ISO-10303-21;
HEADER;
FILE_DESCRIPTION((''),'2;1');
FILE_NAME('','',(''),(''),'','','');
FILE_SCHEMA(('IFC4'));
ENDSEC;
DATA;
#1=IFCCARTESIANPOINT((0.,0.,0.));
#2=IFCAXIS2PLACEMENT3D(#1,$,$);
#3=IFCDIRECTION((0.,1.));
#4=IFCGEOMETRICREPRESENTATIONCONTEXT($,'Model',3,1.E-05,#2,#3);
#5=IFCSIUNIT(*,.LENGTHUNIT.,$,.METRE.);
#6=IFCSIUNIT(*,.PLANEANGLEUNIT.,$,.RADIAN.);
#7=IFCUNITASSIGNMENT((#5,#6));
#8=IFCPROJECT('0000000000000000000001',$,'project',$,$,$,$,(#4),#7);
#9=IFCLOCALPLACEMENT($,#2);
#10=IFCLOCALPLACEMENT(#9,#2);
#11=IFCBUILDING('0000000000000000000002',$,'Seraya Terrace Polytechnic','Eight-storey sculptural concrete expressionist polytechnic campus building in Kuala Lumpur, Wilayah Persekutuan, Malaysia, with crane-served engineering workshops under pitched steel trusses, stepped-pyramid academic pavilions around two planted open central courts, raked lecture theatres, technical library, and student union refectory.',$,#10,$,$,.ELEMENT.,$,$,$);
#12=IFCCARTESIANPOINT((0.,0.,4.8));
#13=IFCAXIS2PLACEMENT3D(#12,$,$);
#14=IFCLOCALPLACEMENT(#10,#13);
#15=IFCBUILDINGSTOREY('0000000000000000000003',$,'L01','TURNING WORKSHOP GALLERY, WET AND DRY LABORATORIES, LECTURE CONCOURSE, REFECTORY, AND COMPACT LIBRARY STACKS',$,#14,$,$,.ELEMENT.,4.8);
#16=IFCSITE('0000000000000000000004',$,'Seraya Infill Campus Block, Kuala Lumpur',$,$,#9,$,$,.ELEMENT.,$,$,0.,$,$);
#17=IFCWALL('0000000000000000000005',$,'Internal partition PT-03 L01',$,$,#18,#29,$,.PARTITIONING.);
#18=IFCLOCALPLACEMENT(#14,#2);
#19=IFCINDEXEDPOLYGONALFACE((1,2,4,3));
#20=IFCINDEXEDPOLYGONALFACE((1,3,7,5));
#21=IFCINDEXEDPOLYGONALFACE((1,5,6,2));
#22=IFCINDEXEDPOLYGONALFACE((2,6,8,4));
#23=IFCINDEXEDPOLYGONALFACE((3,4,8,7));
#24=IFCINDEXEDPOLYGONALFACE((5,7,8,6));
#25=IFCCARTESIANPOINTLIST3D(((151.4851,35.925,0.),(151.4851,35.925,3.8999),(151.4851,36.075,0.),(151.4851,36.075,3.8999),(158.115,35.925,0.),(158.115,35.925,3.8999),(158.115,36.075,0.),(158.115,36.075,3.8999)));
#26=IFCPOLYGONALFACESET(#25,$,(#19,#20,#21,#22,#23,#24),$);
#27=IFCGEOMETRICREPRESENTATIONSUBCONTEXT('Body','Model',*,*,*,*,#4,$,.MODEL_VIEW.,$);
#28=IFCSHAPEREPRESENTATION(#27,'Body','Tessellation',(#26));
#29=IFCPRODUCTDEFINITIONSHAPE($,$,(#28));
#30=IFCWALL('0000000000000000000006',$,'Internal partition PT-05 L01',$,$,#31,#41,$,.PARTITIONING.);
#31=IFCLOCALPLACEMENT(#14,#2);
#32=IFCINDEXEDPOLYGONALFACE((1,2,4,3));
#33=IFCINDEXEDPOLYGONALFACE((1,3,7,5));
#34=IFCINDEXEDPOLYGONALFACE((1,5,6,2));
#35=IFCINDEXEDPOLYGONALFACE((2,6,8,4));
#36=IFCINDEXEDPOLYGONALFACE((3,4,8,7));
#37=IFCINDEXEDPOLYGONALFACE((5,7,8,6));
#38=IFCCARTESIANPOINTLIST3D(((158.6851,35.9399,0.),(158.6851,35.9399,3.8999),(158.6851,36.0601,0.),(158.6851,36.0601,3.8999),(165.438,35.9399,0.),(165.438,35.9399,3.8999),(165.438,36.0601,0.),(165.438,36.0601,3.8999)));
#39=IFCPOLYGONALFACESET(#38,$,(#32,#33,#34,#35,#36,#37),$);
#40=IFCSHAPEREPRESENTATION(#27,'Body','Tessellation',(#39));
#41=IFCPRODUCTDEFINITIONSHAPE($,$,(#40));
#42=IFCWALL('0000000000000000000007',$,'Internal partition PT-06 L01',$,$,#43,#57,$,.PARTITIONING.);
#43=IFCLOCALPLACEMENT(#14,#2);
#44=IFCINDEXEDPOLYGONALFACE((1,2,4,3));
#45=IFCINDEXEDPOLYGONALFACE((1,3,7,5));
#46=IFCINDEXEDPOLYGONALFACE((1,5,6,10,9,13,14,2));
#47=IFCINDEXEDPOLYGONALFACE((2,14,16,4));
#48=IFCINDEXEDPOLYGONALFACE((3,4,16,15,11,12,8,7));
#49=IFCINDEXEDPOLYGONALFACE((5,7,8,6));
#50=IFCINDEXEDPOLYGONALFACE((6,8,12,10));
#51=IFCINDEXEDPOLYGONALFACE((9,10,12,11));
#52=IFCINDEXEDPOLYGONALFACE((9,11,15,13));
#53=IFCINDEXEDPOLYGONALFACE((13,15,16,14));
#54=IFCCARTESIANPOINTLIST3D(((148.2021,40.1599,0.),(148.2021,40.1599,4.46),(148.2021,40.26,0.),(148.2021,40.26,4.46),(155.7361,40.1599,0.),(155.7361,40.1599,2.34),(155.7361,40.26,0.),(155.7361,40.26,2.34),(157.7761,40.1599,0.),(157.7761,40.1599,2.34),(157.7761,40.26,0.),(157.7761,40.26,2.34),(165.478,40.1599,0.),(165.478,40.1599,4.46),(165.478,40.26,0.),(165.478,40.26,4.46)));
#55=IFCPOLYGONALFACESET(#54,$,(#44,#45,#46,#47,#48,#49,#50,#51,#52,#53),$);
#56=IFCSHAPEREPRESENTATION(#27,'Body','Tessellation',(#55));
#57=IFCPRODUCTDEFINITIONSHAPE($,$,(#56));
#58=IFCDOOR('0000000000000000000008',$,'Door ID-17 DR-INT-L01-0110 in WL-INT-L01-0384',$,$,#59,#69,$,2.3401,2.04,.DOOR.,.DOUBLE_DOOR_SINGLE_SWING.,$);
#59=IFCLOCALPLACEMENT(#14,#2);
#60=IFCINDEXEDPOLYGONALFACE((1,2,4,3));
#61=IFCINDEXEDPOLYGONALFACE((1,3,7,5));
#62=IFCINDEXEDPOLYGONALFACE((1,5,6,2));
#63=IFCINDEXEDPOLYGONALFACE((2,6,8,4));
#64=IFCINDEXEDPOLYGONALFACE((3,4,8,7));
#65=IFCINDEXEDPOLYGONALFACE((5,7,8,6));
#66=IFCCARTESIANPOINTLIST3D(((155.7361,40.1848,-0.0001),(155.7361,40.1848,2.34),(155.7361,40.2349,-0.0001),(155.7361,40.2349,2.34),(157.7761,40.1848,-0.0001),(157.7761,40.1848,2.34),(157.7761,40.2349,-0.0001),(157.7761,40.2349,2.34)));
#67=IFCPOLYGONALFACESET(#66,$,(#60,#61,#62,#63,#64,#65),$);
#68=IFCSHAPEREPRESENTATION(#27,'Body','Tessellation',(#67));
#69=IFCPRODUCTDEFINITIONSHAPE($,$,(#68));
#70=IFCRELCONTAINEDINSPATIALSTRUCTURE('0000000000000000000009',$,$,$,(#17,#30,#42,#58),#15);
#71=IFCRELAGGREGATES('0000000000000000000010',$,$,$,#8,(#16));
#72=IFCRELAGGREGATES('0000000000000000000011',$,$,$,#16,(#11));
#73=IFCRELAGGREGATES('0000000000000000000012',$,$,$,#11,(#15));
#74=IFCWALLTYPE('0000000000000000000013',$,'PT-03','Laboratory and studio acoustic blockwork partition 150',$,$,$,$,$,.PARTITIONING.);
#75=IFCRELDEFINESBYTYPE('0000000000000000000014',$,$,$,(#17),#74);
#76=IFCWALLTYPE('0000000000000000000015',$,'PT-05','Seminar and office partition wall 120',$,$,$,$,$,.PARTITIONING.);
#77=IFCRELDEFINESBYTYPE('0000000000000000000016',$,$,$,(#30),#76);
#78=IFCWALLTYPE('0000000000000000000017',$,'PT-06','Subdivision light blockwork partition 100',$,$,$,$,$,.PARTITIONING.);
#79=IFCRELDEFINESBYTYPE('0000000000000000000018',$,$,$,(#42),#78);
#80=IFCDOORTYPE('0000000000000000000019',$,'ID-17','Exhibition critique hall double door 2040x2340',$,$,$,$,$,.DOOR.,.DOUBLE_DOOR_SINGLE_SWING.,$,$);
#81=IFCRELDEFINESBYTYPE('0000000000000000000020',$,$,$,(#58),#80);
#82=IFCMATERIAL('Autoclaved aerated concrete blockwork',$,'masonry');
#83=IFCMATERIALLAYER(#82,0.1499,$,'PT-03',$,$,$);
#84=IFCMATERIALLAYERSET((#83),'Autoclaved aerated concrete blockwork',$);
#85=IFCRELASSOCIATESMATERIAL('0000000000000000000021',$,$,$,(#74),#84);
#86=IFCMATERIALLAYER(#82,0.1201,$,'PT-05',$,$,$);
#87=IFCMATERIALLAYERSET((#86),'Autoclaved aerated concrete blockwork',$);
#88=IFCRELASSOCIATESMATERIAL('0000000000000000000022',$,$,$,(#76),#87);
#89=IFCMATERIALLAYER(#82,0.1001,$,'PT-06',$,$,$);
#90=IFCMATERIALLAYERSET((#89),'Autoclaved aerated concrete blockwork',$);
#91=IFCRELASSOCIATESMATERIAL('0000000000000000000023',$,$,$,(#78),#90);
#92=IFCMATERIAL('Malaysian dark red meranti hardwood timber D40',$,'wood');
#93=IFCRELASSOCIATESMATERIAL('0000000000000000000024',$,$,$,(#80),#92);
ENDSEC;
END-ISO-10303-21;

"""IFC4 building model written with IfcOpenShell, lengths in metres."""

from ifc_helpers import new_model, si_unit, direction, frame, frame_2d, origin, place, context, subcontext, project, spatial, rectangle, extrude, material, layer, layer_set, type_object, element, fill, save


model = new_model("IFC4")

# Units and contexts
model_context = context("Model", 3, precision=1e-05, world=origin(), true_north=direction((0.0, 1.0)))
body_context = subcontext(model_context, "Body", "Model", "MODEL_VIEW")
ifc_project = project(units=[si_unit("LENGTHUNIT", "METRE"), si_unit("PLANEANGLEUNIT", "RADIAN")], contexts=[model_context])

# Site, building, storey
site_placement = place(None, origin())
site = spatial("IfcSite", under=ifc_project, at=site_placement, Name="Seraya Infill Campus Block, Kuala Lumpur", CompositionType="ELEMENT", RefElevation=0.0)
building_placement = place(site_placement, origin())
building = spatial("IfcBuilding", under=site, at=building_placement, Name="Seraya Terrace Polytechnic", Description="Eight-storey sculptural concrete expressionist polytechnic campus building in Kuala Lumpur, Wilayah Persekutuan, Malaysia, with crane-served engineering workshops under pitched steel trusses, stepped-pyramid academic pavilions around two planted open central courts, raked lecture theatres, technical library, and student union refectory.", CompositionType="ELEMENT")
storey_placement = place(building_placement, frame((0.0, 0.0, 4.8)))
storey = spatial("IfcBuildingStorey", under=building, at=storey_placement, Name="L01", Description="TURNING WORKSHOP GALLERY, WET AND DRY LABORATORIES, LECTURE CONCOURSE, REFECTORY, AND COMPACT LIBRARY STACKS", CompositionType="ELEMENT", Elevation=4.8)

# Shared definitions
ifc_material_1 = material(Name="Autoclaved aerated concrete blockwork", Category="masonry")
ifc_material_2 = material(Name="Malaysian dark red meranti hardwood timber D40", Category="wood")

# Walls
ifc_layer_1 = layer(ifc_material_1, 0.1499, Name="PT-03")
ifc_layer_set_1 = layer_set([ifc_layer_1], Name="Autoclaved aerated concrete blockwork")
wall_type_1 = type_object("IfcWallType", Name="PT-03", Description="Laboratory and studio acoustic blockwork partition 150", PredefinedType="PARTITIONING", material=ifc_layer_set_1)
wall_1_placement = place(storey_placement, frame((151.4851, 36.0, 0.0), z_axis=(0.0, 0.0, 1.0), x_axis=(1.0, 0.0, 0.0)))
element("IfcWall", 1, at=wall_1_placement, inside=storey, type_object=wall_type_1, Name="Internal partition PT-03 L01", PredefinedType="PARTITIONING", context=body_context, shape_type="SweptSolid", body=[
    extrude(rectangle(XDim=6.6299, YDim=0.1499, at=frame_2d((3.3149, 0.0))), origin(), (0.0, 0.0, 1.0), 3.8999),
])
ifc_layer_2 = layer(ifc_material_1, 0.1201, Name="PT-05")
ifc_layer_set_2 = layer_set([ifc_layer_2], Name="Autoclaved aerated concrete blockwork")
wall_type_2 = type_object("IfcWallType", Name="PT-05", Description="Seminar and office partition wall 120", PredefinedType="PARTITIONING", material=ifc_layer_set_2)
wall_2_placement = place(storey_placement, frame((158.6851, 36.0, 0.0), z_axis=(0.0, 0.0, 1.0), x_axis=(1.0, 0.0, 0.0)))
element("IfcWall", 2, at=wall_2_placement, inside=storey, type_object=wall_type_2, Name="Internal partition PT-05 L01", PredefinedType="PARTITIONING", context=body_context, shape_type="SweptSolid", body=[
    extrude(rectangle(XDim=6.7529, YDim=0.1201, at=frame_2d((3.3765, 0.0))), origin(), (0.0, 0.0, 1.0), 3.8999),
])

# Wall, opening, door
ifc_layer_3 = layer(ifc_material_1, 0.1001, Name="PT-06")
ifc_layer_set_3 = layer_set([ifc_layer_3], Name="Autoclaved aerated concrete blockwork")
wall_type_3 = type_object("IfcWallType", Name="PT-06", Description="Subdivision light blockwork partition 100", PredefinedType="PARTITIONING", material=ifc_layer_set_3)
wall_3_placement = place(storey_placement, frame((148.2021, 40.21, 0.0), z_axis=(0.0, 0.0, 1.0), x_axis=(1.0, 0.0, 0.0)))
wall_3 = element("IfcWall", 3, at=wall_3_placement, inside=storey, type_object=wall_type_3, Name="Internal partition PT-06 L01", PredefinedType="PARTITIONING", context=body_context, shape_type="SweptSolid", body=[
    extrude(rectangle(XDim=17.2759, YDim=0.1001, at=frame_2d((8.6379, 0.0))), origin(), (0.0, 0.0, 1.0), 4.46),
])
opening_1_placement = place(wall_3_placement, frame((7.5339, 0.0, 0.0)))
opening_1 = element("IfcOpeningElement", 4, at=opening_1_placement, cuts=wall_3, PredefinedType="OPENING", context=body_context, shape_type="SweptSolid", body=[
    extrude(rectangle(XDim=2.04, YDim=2.3401, at=frame_2d((1.02, 1.1699))), frame((0.0, 0.062, 0.0), z_axis=(0.0, -1.0, 0.0), x_axis=(1.0, 0.0, 0.0)), (0.0, 0.0, 1.0), 0.124),
])
door_type_1 = type_object("IfcDoorType", Name="ID-17", Description="Exhibition critique hall double door 2040x2340", OperationType="DOUBLE_DOOR_SINGLE_SWING", PredefinedType="DOOR", material=ifc_material_2)
door_1_placement = place(opening_1_placement, origin())
door_1 = element("IfcDoor", 5, at=door_1_placement, inside=storey, type_object=door_type_1, Name="Door ID-17 DR-INT-L01-0110 in WL-INT-L01-0384", OperationType="DOUBLE_DOOR_SINGLE_SWING", OverallHeight=2.3401, OverallWidth=2.04, PredefinedType="DOOR", context=body_context, shape_type="SweptSolid", body=[
    extrude(rectangle(XDim=2.04, YDim=2.3401, at=frame_2d((1.02, 1.1699))), frame((0.0, 0.0249, 0.0), z_axis=(0.0, -1.0, 0.0), x_axis=(1.0, 0.0, 0.0)), (0.0, 0.0, 1.0), 0.05),
])
fill(opening_1, door_1)

save(model, "model.ifc")
